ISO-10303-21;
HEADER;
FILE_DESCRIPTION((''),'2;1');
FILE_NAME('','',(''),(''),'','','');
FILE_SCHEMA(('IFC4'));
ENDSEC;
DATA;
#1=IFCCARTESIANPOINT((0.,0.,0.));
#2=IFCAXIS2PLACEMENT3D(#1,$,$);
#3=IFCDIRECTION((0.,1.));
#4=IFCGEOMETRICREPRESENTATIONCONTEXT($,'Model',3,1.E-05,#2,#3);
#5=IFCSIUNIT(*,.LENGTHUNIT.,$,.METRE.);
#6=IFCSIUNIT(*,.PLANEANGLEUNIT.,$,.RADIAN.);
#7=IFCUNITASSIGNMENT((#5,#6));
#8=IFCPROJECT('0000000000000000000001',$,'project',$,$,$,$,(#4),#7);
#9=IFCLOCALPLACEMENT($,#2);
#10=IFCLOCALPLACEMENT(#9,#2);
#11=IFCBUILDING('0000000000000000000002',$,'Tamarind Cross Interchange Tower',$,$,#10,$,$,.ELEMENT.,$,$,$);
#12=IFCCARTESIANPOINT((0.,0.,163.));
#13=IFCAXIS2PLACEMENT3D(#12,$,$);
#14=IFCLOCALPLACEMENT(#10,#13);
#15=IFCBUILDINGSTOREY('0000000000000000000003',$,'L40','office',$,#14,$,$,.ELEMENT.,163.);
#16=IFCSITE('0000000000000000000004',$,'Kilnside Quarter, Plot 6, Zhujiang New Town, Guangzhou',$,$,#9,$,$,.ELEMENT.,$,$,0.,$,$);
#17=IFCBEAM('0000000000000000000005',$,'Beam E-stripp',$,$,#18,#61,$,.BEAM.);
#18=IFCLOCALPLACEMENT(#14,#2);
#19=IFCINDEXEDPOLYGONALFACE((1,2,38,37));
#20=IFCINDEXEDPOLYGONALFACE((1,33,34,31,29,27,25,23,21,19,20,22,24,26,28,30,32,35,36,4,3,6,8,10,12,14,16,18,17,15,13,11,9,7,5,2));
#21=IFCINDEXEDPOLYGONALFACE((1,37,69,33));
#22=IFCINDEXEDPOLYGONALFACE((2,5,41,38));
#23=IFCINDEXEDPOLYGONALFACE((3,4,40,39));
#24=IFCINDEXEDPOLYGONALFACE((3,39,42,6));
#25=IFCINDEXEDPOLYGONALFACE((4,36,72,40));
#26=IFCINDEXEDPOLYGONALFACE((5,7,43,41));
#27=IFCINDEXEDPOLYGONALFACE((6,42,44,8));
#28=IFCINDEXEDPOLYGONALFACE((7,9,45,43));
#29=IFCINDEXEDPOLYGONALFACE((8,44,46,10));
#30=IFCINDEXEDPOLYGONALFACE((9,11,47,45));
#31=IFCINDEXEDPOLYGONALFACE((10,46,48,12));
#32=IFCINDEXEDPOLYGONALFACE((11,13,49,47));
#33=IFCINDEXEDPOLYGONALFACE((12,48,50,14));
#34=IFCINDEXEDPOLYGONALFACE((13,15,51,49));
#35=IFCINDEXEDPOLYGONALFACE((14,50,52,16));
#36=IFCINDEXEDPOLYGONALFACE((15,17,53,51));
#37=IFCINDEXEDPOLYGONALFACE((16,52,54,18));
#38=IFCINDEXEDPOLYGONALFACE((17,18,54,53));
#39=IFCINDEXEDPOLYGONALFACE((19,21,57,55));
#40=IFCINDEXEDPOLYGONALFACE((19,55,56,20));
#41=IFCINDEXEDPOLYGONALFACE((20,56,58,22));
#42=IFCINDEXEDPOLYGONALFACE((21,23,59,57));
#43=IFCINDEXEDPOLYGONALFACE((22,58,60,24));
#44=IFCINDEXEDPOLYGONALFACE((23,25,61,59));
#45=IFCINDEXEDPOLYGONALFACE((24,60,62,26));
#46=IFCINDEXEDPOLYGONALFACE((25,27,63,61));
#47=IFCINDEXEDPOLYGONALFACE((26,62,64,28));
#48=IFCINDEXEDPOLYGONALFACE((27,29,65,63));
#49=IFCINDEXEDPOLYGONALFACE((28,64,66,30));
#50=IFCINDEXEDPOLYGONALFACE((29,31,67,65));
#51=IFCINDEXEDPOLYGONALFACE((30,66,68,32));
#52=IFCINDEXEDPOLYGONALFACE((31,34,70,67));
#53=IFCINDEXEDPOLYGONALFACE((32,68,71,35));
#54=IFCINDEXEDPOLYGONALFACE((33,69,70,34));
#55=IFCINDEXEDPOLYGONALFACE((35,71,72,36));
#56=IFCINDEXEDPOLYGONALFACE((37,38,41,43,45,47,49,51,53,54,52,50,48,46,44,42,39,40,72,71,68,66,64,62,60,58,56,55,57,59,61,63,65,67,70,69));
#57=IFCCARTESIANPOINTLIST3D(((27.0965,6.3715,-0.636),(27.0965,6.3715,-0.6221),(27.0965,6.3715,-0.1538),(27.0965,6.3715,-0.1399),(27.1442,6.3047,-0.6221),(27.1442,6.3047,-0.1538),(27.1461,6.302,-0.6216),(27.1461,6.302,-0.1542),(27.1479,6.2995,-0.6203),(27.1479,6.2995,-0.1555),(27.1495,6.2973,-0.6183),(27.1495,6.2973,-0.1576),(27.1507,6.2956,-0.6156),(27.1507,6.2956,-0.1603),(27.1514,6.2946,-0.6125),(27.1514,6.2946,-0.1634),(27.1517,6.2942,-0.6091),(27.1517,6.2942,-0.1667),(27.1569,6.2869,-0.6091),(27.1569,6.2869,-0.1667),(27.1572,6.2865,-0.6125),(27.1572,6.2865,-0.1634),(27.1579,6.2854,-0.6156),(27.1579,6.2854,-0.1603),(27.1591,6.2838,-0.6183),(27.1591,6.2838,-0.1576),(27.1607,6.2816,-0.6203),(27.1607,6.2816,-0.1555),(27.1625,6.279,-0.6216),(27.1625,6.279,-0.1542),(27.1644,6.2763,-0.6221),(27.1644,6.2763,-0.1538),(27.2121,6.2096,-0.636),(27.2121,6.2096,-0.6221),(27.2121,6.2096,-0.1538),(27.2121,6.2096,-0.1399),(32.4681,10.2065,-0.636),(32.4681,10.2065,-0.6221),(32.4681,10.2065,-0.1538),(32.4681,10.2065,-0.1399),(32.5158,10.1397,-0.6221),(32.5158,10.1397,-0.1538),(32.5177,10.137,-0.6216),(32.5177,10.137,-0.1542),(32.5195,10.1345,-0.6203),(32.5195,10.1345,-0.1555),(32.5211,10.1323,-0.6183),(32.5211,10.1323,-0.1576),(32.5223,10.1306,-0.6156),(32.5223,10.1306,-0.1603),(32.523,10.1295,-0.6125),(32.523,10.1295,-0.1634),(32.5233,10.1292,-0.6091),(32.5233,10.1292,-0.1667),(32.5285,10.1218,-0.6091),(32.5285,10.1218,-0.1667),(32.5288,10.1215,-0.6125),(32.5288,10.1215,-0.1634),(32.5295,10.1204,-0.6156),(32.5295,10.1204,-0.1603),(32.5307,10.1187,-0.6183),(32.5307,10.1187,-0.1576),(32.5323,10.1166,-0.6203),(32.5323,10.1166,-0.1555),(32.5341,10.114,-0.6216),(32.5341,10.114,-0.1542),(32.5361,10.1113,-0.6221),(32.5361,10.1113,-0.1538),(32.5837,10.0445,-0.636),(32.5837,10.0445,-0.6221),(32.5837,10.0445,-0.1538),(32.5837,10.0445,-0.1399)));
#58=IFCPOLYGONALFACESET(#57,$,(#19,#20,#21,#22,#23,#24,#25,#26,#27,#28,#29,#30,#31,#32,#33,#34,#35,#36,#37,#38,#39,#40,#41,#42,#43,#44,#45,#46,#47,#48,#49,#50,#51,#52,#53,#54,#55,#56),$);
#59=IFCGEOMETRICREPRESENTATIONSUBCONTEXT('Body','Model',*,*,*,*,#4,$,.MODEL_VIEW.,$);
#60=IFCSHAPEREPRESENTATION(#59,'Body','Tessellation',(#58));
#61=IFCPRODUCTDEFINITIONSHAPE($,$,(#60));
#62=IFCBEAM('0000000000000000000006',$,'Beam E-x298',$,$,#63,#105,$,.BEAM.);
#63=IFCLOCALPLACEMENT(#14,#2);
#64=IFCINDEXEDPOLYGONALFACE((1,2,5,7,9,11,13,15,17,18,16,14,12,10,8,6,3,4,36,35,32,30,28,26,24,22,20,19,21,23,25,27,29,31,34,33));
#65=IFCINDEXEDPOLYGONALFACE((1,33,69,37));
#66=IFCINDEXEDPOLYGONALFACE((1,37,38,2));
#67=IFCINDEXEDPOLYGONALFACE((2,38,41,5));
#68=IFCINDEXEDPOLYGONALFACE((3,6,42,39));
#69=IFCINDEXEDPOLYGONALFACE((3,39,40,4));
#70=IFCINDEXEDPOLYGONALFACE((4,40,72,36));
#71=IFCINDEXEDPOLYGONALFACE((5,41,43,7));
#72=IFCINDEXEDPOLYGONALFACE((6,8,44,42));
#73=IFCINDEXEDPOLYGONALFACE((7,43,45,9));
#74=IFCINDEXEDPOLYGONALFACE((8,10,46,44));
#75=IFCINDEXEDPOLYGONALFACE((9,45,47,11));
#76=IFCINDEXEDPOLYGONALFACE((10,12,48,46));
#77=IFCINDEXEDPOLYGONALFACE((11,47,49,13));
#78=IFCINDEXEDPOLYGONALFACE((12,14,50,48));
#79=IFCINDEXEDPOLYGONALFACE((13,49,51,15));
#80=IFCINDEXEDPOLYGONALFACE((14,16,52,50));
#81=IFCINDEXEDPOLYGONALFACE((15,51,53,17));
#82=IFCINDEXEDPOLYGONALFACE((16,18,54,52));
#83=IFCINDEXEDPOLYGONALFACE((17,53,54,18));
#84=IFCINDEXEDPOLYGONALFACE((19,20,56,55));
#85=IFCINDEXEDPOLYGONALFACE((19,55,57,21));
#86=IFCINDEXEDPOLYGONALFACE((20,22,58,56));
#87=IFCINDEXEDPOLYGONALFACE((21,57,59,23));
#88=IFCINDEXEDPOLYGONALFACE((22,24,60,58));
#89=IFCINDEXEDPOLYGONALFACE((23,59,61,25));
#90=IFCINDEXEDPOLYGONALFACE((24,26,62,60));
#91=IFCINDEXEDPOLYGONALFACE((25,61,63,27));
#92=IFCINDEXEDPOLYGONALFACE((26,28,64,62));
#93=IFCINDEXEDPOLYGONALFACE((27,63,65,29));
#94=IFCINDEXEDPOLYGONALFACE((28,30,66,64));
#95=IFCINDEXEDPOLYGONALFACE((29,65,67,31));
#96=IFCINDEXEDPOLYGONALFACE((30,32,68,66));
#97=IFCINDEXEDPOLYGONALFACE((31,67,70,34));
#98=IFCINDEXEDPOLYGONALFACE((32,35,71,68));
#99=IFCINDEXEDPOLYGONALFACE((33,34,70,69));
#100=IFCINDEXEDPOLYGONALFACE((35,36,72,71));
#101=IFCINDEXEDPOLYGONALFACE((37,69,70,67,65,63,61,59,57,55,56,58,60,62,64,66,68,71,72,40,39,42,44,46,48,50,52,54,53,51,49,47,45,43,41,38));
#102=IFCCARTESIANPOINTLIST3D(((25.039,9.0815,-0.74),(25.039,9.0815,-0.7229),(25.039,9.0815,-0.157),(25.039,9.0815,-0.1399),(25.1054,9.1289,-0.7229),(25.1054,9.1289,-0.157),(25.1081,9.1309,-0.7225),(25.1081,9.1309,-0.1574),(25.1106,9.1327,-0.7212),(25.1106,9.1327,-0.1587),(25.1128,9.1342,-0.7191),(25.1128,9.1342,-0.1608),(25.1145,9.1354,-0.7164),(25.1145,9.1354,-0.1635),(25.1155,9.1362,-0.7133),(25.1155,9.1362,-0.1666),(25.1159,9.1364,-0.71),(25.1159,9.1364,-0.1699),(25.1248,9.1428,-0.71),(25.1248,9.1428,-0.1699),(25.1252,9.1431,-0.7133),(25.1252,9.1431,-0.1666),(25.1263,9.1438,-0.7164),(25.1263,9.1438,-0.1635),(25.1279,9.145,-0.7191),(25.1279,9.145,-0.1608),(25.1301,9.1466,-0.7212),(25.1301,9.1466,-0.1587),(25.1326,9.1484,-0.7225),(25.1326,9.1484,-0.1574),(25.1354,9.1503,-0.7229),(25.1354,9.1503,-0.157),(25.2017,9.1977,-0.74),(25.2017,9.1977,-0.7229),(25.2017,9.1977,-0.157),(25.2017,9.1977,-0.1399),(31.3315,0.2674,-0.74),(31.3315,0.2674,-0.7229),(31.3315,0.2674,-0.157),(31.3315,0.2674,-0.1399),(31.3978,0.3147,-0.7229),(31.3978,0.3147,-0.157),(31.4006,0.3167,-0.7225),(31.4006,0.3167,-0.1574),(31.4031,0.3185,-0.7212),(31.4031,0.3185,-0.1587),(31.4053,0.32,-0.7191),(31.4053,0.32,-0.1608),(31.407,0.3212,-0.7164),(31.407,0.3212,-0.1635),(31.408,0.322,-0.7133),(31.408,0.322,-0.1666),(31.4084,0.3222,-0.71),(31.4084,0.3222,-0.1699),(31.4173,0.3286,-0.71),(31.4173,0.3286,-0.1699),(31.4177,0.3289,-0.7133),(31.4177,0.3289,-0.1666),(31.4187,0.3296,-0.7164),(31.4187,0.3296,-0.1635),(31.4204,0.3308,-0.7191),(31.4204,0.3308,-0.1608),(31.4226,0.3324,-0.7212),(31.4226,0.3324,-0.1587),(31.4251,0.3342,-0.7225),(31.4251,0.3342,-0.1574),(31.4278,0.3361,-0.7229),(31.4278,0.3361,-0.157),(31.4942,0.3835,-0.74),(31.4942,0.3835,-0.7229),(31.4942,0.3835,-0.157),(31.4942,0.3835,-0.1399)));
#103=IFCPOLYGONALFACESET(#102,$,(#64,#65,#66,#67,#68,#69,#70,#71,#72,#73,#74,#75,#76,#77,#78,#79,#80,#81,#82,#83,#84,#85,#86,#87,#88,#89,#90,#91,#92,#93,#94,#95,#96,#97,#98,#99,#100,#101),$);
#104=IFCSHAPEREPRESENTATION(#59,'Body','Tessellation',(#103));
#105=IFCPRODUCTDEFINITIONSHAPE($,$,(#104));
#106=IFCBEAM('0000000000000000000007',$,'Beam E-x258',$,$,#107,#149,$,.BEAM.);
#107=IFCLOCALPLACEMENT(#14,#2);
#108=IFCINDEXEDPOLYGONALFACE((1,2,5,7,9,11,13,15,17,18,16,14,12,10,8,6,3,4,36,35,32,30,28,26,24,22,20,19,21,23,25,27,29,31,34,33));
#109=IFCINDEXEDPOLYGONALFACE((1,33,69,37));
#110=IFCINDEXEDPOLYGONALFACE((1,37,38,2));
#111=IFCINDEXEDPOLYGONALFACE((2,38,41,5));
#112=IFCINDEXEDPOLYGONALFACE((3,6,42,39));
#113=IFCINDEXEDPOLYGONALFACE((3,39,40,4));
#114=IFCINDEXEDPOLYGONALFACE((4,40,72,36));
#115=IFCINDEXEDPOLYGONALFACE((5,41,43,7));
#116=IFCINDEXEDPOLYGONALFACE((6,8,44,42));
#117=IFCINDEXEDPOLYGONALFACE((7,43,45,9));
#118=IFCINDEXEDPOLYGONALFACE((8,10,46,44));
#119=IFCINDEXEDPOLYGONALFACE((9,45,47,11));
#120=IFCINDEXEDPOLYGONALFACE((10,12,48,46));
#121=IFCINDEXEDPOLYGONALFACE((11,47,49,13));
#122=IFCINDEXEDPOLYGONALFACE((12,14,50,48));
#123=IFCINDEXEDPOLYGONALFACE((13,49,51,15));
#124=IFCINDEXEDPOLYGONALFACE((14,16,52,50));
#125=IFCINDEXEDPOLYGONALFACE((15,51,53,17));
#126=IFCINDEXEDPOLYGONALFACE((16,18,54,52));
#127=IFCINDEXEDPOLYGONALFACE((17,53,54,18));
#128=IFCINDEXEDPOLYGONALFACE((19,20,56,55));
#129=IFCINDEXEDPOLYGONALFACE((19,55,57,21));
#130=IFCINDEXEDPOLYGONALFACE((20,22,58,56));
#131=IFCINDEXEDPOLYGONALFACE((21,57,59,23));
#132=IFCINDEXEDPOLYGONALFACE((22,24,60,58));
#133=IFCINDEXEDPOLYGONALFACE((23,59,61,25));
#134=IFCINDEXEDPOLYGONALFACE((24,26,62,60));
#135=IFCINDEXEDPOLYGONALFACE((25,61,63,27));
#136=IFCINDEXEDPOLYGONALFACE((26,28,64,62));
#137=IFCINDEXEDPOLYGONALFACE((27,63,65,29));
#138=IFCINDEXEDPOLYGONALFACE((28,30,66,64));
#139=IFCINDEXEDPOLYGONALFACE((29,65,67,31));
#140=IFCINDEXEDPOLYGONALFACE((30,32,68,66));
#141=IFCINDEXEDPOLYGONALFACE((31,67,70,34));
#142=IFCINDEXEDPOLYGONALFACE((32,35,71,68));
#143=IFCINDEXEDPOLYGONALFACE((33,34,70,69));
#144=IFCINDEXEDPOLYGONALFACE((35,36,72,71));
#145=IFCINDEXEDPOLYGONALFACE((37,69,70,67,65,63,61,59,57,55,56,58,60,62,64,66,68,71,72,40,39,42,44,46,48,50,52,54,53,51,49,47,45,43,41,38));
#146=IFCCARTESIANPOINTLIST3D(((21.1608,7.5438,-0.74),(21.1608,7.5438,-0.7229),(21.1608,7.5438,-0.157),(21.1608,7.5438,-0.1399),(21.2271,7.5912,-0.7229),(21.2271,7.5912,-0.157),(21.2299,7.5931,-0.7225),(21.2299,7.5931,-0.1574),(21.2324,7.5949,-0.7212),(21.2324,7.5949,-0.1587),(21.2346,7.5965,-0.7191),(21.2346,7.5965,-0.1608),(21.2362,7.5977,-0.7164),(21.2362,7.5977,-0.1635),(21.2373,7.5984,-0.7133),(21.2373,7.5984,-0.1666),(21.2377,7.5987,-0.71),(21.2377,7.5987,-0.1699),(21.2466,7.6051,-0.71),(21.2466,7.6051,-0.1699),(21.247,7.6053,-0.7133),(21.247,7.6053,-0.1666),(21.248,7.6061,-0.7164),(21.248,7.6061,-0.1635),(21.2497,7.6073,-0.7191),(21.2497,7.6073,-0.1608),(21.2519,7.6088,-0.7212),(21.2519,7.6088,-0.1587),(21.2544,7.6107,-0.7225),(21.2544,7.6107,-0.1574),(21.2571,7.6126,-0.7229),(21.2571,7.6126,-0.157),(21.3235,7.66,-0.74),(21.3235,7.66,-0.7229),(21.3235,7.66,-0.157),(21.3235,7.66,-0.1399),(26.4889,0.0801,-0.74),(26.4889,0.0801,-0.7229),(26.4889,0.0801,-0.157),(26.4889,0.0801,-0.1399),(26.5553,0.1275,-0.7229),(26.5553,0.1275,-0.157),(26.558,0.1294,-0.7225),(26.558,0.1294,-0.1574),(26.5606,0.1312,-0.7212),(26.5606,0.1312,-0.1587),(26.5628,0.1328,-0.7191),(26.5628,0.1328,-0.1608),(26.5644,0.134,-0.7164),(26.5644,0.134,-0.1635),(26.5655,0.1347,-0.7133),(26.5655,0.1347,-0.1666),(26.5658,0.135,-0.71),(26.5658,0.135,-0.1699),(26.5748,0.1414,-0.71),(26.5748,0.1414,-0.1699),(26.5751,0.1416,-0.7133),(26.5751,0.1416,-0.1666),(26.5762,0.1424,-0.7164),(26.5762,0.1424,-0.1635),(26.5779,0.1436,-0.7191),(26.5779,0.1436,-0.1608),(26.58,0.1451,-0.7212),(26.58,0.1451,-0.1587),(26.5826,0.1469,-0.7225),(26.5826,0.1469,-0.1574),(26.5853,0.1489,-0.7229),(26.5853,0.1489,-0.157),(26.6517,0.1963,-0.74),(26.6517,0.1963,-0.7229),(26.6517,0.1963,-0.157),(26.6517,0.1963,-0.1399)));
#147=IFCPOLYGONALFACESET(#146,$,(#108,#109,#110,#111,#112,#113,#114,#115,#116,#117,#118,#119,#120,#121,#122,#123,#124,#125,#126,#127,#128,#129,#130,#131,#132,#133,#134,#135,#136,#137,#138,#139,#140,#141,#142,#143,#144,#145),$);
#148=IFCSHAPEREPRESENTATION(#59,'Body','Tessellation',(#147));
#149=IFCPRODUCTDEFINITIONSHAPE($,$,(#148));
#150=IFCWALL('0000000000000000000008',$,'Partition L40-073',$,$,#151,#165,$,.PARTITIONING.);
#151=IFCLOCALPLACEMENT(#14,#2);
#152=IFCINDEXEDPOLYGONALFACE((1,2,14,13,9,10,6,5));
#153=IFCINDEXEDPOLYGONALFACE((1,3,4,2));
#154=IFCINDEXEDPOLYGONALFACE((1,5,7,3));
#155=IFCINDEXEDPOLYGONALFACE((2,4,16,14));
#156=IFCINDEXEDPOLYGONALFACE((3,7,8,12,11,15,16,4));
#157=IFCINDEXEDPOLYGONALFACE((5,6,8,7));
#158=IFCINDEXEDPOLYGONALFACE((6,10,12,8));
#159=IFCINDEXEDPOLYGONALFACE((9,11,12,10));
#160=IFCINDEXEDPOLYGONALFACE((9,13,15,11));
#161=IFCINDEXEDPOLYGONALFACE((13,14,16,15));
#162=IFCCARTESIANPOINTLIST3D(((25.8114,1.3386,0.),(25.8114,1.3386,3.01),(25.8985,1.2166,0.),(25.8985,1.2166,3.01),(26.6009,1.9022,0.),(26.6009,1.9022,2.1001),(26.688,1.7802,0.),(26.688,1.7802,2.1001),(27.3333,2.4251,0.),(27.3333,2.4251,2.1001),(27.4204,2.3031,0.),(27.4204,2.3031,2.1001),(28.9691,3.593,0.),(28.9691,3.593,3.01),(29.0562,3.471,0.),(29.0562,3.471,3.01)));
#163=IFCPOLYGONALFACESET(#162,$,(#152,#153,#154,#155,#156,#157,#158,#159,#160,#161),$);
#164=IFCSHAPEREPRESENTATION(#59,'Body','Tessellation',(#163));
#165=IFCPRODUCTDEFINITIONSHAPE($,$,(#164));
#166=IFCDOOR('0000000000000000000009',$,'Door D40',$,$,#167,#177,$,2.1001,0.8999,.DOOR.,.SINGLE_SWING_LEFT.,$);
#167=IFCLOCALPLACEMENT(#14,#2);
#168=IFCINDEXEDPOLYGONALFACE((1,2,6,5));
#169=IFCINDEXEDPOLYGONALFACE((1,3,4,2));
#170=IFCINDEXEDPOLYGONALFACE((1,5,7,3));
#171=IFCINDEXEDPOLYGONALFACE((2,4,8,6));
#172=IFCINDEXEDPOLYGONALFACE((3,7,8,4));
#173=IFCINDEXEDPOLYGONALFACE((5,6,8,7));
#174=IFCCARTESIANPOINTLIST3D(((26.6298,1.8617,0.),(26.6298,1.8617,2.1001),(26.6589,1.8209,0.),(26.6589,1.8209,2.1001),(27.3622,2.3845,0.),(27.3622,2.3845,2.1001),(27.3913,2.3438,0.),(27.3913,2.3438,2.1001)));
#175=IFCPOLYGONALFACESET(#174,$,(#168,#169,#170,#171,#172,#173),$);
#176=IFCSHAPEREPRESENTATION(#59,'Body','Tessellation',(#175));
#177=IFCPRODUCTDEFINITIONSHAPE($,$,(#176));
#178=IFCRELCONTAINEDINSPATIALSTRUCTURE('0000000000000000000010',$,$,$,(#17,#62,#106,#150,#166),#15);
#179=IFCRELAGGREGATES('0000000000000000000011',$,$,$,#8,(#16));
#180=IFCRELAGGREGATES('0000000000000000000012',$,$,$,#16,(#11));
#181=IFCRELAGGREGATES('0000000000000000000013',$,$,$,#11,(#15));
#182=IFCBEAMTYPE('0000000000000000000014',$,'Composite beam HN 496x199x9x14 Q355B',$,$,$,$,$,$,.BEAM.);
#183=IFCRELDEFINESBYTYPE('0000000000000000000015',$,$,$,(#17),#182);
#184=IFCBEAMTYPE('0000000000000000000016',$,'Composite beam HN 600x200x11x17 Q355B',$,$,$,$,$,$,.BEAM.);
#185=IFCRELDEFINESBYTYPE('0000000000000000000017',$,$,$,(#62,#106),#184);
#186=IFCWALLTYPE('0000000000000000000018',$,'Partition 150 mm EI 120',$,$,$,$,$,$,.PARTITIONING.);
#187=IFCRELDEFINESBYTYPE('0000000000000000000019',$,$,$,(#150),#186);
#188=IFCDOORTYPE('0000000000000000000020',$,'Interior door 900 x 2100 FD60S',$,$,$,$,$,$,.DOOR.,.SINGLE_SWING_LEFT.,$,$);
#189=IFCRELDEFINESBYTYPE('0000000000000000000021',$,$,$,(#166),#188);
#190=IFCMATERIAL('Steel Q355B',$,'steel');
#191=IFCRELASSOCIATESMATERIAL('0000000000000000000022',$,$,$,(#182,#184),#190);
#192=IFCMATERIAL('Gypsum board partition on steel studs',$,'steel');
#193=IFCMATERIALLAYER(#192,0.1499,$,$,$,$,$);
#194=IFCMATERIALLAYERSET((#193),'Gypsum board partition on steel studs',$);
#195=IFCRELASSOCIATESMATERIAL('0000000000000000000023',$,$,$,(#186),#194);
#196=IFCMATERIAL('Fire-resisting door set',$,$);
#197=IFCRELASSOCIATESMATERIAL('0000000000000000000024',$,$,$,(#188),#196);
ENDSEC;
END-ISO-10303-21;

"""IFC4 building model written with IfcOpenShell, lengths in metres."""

from ifc_helpers import new_model, si_unit, direction, frame, frame_2d, origin, origin_2d, place, context, subcontext, project, spatial, rectangle, i_section, extrude, material, layer, layer_set, material_profile, profile_set, type_object, element, fill, save


model = new_model("IFC4")

# Units and contexts
model_context = context("Model", 3, precision=1e-05, world=origin(), true_north=direction((0.0, 1.0)))
body_context = subcontext(model_context, "Body", "Model", "MODEL_VIEW")
ifc_project = project(units=[si_unit("LENGTHUNIT", "METRE"), si_unit("PLANEANGLEUNIT", "RADIAN")], contexts=[model_context])

# Site, building, storey
site_placement = place(None, origin())
site = spatial("IfcSite", under=ifc_project, at=site_placement, Name="Kilnside Quarter, Plot 6, Zhujiang New Town, Guangzhou", CompositionType="ELEMENT", RefElevation=0.0)
building_placement = place(site_placement, origin())
building = spatial("IfcBuilding", under=site, at=building_placement, Name="Tamarind Cross Interchange Tower", CompositionType="ELEMENT")
storey_placement = place(building_placement, frame((0.0, 0.0, 163.0)))
storey = spatial("IfcBuildingStorey", under=building, at=storey_placement, Name="L40", Description="office", CompositionType="ELEMENT", Elevation=163.0)

# Beams
ifc_material_1 = material(Name="Steel Q355B", Category="steel")
ifc_material_profile_1 = material_profile(ifc_material_1, i_section(OverallWidth=0.199, OverallDepth=0.4961, WebThickness=0.009, FlangeThickness=0.0139, FilletRadius=0.0129, at=origin_2d()), Name="HN 496x199x9x14")
ifc_profile_set_1 = profile_set([ifc_material_profile_1], Name="Steel Q355B")
beam_type_1 = type_object("IfcBeamType", Name="Composite beam HN 496x199x9x14 Q355B", PredefinedType="BEAM", material=ifc_profile_set_1)
for number, where, z_axis, x_axis, name in (
    (1, (27.1543, 6.2905, -0.3879), (0.813868, 0.581049, 0.0), (-0.581049, 0.813868, 0.0), "Beam E-stripp"),
):
    element("IfcBeam", number, at=place(storey_placement, frame(where, z_axis=z_axis, x_axis=x_axis)), inside=storey, type_object=beam_type_1, Name=name, PredefinedType="BEAM", context=body_context, shape_type="SweptSolid", body=[
        extrude(i_section(OverallWidth=0.199, OverallDepth=0.4961, WebThickness=0.009, FlangeThickness=0.0139, FilletRadius=0.0129, at=origin_2d()), origin(), (0.0, 0.0, 1.0), 6.6001),
    ])
ifc_material_profile_2 = material_profile(ifc_material_1, i_section(OverallWidth=0.2, OverallDepth=0.6001, WebThickness=0.011, FlangeThickness=0.0171, FilletRadius=0.0129, at=origin_2d()), Name="HN 600x200x11x17")
ifc_profile_set_2 = profile_set([ifc_material_profile_2], Name="Steel Q355B")
beam_type_2 = type_object("IfcBeamType", Name="Composite beam HN 600x200x11x17 Q355B", PredefinedType="BEAM", material=ifc_profile_set_2)
beam_1_placement = place(storey_placement, frame((31.4128, 0.3254, -0.4399), z_axis=(-0.581031, 0.813881, 0.0), x_axis=(-0.813881, -0.581031, 0.0)))
element("IfcBeam", 2, at=beam_1_placement, inside=storey, type_object=beam_type_2, Name="Beam E-x298", PredefinedType="BEAM", context=body_context, shape_type="SweptSolid", body=[
    extrude(i_section(OverallWidth=0.2, OverallDepth=0.6001, WebThickness=0.011, FlangeThickness=0.0171, FilletRadius=0.0129, at=origin_2d()), origin(), (0.0, 0.0, 1.0), 10.8298),
])
beam_2_placement = place(storey_placement, frame((26.5703, 0.1382, -0.4399), z_axis=(-0.581019, 0.81389, 0.0), x_axis=(-0.81389, -0.581019, 0.0)))
element("IfcBeam", 3, at=beam_2_placement, inside=storey, type_object=beam_type_2, Name="Beam E-x258", PredefinedType="BEAM", context=body_context, shape_type="SweptSolid", body=[
    extrude(i_section(OverallWidth=0.2, OverallDepth=0.6001, WebThickness=0.011, FlangeThickness=0.0171, FilletRadius=0.0129, at=origin_2d()), origin(), (0.0, 0.0, 1.0), 9.1704),
])

# Wall, opening, door
ifc_material_2 = material(Name="Gypsum board partition on steel studs", Category="steel")
ifc_layer_1 = layer(ifc_material_2, 0.1499)
ifc_layer_set_1 = layer_set([ifc_layer_1], Name="Gypsum board partition on steel studs")
wall_type_1 = type_object("IfcWallType", Name="Partition 150 mm EI 120", PredefinedType="PARTITIONING", material=ifc_layer_set_1)
wall_1_placement = place(storey_placement, frame((25.855, 1.2776, 0.0), z_axis=(0.0, 0.0, 1.0), x_axis=(0.81387, 0.581048, 0.0)))
wall_1 = element("IfcWall", 4, at=wall_1_placement, inside=storey, type_object=wall_type_1, Name="Partition L40-073", PredefinedType="PARTITIONING", context=body_context, shape_type="SweptSolid", body=[
    extrude(rectangle(XDim=3.8799, YDim=0.1499, at=frame_2d((1.9399, 0.0))), origin(), (0.0, 0.0, 1.0), 3.01),
])
opening_1_placement = place(wall_1_placement, frame((0.97, 0.0, 0.0)))
opening_1 = element("IfcOpeningElement", 5, at=opening_1_placement, cuts=wall_1, PredefinedType="OPENING", context=body_context, shape_type="SweptSolid", body=[
    extrude(rectangle(XDim=0.8999, YDim=2.1001, at=frame_2d((0.45, 1.05))), frame((0.0, 0.085, 0.0), z_axis=(0.0, -1.0, 0.0), x_axis=(1.0, 0.0, 0.0)), (0.0, 0.0, 1.0), 0.1699),
])
ifc_material_3 = material(Name="Fire-resisting door set")
door_type_1 = type_object("IfcDoorType", Name="Interior door 900 x 2100 FD60S", OperationType="SINGLE_SWING_LEFT", PredefinedType="DOOR", material=ifc_material_3)
door_1_placement = place(opening_1_placement, frame((0.8999, 0.0, 0.0), z_axis=(0.0, 0.0, 1.0), x_axis=(-1.0, 0.0, 0.0)))
door_1 = element("IfcDoor", 6, at=door_1_placement, inside=storey, type_object=door_type_1, Name="Door D40", OperationType="SINGLE_SWING_LEFT", OverallHeight=2.1001, OverallWidth=0.8999, PredefinedType="DOOR", context=body_context, shape_type="SweptSolid", body=[
    extrude(rectangle(XDim=0.8999, YDim=2.1001, at=frame_2d((0.45, 1.05))), frame((0.0, 0.0249, 0.0), z_axis=(0.0, -1.0, 0.0), x_axis=(1.0, 0.0, 0.0)), (0.0, 0.0, 1.0), 0.05),
])
fill(opening_1, door_1)

save(model, "model.ifc")
